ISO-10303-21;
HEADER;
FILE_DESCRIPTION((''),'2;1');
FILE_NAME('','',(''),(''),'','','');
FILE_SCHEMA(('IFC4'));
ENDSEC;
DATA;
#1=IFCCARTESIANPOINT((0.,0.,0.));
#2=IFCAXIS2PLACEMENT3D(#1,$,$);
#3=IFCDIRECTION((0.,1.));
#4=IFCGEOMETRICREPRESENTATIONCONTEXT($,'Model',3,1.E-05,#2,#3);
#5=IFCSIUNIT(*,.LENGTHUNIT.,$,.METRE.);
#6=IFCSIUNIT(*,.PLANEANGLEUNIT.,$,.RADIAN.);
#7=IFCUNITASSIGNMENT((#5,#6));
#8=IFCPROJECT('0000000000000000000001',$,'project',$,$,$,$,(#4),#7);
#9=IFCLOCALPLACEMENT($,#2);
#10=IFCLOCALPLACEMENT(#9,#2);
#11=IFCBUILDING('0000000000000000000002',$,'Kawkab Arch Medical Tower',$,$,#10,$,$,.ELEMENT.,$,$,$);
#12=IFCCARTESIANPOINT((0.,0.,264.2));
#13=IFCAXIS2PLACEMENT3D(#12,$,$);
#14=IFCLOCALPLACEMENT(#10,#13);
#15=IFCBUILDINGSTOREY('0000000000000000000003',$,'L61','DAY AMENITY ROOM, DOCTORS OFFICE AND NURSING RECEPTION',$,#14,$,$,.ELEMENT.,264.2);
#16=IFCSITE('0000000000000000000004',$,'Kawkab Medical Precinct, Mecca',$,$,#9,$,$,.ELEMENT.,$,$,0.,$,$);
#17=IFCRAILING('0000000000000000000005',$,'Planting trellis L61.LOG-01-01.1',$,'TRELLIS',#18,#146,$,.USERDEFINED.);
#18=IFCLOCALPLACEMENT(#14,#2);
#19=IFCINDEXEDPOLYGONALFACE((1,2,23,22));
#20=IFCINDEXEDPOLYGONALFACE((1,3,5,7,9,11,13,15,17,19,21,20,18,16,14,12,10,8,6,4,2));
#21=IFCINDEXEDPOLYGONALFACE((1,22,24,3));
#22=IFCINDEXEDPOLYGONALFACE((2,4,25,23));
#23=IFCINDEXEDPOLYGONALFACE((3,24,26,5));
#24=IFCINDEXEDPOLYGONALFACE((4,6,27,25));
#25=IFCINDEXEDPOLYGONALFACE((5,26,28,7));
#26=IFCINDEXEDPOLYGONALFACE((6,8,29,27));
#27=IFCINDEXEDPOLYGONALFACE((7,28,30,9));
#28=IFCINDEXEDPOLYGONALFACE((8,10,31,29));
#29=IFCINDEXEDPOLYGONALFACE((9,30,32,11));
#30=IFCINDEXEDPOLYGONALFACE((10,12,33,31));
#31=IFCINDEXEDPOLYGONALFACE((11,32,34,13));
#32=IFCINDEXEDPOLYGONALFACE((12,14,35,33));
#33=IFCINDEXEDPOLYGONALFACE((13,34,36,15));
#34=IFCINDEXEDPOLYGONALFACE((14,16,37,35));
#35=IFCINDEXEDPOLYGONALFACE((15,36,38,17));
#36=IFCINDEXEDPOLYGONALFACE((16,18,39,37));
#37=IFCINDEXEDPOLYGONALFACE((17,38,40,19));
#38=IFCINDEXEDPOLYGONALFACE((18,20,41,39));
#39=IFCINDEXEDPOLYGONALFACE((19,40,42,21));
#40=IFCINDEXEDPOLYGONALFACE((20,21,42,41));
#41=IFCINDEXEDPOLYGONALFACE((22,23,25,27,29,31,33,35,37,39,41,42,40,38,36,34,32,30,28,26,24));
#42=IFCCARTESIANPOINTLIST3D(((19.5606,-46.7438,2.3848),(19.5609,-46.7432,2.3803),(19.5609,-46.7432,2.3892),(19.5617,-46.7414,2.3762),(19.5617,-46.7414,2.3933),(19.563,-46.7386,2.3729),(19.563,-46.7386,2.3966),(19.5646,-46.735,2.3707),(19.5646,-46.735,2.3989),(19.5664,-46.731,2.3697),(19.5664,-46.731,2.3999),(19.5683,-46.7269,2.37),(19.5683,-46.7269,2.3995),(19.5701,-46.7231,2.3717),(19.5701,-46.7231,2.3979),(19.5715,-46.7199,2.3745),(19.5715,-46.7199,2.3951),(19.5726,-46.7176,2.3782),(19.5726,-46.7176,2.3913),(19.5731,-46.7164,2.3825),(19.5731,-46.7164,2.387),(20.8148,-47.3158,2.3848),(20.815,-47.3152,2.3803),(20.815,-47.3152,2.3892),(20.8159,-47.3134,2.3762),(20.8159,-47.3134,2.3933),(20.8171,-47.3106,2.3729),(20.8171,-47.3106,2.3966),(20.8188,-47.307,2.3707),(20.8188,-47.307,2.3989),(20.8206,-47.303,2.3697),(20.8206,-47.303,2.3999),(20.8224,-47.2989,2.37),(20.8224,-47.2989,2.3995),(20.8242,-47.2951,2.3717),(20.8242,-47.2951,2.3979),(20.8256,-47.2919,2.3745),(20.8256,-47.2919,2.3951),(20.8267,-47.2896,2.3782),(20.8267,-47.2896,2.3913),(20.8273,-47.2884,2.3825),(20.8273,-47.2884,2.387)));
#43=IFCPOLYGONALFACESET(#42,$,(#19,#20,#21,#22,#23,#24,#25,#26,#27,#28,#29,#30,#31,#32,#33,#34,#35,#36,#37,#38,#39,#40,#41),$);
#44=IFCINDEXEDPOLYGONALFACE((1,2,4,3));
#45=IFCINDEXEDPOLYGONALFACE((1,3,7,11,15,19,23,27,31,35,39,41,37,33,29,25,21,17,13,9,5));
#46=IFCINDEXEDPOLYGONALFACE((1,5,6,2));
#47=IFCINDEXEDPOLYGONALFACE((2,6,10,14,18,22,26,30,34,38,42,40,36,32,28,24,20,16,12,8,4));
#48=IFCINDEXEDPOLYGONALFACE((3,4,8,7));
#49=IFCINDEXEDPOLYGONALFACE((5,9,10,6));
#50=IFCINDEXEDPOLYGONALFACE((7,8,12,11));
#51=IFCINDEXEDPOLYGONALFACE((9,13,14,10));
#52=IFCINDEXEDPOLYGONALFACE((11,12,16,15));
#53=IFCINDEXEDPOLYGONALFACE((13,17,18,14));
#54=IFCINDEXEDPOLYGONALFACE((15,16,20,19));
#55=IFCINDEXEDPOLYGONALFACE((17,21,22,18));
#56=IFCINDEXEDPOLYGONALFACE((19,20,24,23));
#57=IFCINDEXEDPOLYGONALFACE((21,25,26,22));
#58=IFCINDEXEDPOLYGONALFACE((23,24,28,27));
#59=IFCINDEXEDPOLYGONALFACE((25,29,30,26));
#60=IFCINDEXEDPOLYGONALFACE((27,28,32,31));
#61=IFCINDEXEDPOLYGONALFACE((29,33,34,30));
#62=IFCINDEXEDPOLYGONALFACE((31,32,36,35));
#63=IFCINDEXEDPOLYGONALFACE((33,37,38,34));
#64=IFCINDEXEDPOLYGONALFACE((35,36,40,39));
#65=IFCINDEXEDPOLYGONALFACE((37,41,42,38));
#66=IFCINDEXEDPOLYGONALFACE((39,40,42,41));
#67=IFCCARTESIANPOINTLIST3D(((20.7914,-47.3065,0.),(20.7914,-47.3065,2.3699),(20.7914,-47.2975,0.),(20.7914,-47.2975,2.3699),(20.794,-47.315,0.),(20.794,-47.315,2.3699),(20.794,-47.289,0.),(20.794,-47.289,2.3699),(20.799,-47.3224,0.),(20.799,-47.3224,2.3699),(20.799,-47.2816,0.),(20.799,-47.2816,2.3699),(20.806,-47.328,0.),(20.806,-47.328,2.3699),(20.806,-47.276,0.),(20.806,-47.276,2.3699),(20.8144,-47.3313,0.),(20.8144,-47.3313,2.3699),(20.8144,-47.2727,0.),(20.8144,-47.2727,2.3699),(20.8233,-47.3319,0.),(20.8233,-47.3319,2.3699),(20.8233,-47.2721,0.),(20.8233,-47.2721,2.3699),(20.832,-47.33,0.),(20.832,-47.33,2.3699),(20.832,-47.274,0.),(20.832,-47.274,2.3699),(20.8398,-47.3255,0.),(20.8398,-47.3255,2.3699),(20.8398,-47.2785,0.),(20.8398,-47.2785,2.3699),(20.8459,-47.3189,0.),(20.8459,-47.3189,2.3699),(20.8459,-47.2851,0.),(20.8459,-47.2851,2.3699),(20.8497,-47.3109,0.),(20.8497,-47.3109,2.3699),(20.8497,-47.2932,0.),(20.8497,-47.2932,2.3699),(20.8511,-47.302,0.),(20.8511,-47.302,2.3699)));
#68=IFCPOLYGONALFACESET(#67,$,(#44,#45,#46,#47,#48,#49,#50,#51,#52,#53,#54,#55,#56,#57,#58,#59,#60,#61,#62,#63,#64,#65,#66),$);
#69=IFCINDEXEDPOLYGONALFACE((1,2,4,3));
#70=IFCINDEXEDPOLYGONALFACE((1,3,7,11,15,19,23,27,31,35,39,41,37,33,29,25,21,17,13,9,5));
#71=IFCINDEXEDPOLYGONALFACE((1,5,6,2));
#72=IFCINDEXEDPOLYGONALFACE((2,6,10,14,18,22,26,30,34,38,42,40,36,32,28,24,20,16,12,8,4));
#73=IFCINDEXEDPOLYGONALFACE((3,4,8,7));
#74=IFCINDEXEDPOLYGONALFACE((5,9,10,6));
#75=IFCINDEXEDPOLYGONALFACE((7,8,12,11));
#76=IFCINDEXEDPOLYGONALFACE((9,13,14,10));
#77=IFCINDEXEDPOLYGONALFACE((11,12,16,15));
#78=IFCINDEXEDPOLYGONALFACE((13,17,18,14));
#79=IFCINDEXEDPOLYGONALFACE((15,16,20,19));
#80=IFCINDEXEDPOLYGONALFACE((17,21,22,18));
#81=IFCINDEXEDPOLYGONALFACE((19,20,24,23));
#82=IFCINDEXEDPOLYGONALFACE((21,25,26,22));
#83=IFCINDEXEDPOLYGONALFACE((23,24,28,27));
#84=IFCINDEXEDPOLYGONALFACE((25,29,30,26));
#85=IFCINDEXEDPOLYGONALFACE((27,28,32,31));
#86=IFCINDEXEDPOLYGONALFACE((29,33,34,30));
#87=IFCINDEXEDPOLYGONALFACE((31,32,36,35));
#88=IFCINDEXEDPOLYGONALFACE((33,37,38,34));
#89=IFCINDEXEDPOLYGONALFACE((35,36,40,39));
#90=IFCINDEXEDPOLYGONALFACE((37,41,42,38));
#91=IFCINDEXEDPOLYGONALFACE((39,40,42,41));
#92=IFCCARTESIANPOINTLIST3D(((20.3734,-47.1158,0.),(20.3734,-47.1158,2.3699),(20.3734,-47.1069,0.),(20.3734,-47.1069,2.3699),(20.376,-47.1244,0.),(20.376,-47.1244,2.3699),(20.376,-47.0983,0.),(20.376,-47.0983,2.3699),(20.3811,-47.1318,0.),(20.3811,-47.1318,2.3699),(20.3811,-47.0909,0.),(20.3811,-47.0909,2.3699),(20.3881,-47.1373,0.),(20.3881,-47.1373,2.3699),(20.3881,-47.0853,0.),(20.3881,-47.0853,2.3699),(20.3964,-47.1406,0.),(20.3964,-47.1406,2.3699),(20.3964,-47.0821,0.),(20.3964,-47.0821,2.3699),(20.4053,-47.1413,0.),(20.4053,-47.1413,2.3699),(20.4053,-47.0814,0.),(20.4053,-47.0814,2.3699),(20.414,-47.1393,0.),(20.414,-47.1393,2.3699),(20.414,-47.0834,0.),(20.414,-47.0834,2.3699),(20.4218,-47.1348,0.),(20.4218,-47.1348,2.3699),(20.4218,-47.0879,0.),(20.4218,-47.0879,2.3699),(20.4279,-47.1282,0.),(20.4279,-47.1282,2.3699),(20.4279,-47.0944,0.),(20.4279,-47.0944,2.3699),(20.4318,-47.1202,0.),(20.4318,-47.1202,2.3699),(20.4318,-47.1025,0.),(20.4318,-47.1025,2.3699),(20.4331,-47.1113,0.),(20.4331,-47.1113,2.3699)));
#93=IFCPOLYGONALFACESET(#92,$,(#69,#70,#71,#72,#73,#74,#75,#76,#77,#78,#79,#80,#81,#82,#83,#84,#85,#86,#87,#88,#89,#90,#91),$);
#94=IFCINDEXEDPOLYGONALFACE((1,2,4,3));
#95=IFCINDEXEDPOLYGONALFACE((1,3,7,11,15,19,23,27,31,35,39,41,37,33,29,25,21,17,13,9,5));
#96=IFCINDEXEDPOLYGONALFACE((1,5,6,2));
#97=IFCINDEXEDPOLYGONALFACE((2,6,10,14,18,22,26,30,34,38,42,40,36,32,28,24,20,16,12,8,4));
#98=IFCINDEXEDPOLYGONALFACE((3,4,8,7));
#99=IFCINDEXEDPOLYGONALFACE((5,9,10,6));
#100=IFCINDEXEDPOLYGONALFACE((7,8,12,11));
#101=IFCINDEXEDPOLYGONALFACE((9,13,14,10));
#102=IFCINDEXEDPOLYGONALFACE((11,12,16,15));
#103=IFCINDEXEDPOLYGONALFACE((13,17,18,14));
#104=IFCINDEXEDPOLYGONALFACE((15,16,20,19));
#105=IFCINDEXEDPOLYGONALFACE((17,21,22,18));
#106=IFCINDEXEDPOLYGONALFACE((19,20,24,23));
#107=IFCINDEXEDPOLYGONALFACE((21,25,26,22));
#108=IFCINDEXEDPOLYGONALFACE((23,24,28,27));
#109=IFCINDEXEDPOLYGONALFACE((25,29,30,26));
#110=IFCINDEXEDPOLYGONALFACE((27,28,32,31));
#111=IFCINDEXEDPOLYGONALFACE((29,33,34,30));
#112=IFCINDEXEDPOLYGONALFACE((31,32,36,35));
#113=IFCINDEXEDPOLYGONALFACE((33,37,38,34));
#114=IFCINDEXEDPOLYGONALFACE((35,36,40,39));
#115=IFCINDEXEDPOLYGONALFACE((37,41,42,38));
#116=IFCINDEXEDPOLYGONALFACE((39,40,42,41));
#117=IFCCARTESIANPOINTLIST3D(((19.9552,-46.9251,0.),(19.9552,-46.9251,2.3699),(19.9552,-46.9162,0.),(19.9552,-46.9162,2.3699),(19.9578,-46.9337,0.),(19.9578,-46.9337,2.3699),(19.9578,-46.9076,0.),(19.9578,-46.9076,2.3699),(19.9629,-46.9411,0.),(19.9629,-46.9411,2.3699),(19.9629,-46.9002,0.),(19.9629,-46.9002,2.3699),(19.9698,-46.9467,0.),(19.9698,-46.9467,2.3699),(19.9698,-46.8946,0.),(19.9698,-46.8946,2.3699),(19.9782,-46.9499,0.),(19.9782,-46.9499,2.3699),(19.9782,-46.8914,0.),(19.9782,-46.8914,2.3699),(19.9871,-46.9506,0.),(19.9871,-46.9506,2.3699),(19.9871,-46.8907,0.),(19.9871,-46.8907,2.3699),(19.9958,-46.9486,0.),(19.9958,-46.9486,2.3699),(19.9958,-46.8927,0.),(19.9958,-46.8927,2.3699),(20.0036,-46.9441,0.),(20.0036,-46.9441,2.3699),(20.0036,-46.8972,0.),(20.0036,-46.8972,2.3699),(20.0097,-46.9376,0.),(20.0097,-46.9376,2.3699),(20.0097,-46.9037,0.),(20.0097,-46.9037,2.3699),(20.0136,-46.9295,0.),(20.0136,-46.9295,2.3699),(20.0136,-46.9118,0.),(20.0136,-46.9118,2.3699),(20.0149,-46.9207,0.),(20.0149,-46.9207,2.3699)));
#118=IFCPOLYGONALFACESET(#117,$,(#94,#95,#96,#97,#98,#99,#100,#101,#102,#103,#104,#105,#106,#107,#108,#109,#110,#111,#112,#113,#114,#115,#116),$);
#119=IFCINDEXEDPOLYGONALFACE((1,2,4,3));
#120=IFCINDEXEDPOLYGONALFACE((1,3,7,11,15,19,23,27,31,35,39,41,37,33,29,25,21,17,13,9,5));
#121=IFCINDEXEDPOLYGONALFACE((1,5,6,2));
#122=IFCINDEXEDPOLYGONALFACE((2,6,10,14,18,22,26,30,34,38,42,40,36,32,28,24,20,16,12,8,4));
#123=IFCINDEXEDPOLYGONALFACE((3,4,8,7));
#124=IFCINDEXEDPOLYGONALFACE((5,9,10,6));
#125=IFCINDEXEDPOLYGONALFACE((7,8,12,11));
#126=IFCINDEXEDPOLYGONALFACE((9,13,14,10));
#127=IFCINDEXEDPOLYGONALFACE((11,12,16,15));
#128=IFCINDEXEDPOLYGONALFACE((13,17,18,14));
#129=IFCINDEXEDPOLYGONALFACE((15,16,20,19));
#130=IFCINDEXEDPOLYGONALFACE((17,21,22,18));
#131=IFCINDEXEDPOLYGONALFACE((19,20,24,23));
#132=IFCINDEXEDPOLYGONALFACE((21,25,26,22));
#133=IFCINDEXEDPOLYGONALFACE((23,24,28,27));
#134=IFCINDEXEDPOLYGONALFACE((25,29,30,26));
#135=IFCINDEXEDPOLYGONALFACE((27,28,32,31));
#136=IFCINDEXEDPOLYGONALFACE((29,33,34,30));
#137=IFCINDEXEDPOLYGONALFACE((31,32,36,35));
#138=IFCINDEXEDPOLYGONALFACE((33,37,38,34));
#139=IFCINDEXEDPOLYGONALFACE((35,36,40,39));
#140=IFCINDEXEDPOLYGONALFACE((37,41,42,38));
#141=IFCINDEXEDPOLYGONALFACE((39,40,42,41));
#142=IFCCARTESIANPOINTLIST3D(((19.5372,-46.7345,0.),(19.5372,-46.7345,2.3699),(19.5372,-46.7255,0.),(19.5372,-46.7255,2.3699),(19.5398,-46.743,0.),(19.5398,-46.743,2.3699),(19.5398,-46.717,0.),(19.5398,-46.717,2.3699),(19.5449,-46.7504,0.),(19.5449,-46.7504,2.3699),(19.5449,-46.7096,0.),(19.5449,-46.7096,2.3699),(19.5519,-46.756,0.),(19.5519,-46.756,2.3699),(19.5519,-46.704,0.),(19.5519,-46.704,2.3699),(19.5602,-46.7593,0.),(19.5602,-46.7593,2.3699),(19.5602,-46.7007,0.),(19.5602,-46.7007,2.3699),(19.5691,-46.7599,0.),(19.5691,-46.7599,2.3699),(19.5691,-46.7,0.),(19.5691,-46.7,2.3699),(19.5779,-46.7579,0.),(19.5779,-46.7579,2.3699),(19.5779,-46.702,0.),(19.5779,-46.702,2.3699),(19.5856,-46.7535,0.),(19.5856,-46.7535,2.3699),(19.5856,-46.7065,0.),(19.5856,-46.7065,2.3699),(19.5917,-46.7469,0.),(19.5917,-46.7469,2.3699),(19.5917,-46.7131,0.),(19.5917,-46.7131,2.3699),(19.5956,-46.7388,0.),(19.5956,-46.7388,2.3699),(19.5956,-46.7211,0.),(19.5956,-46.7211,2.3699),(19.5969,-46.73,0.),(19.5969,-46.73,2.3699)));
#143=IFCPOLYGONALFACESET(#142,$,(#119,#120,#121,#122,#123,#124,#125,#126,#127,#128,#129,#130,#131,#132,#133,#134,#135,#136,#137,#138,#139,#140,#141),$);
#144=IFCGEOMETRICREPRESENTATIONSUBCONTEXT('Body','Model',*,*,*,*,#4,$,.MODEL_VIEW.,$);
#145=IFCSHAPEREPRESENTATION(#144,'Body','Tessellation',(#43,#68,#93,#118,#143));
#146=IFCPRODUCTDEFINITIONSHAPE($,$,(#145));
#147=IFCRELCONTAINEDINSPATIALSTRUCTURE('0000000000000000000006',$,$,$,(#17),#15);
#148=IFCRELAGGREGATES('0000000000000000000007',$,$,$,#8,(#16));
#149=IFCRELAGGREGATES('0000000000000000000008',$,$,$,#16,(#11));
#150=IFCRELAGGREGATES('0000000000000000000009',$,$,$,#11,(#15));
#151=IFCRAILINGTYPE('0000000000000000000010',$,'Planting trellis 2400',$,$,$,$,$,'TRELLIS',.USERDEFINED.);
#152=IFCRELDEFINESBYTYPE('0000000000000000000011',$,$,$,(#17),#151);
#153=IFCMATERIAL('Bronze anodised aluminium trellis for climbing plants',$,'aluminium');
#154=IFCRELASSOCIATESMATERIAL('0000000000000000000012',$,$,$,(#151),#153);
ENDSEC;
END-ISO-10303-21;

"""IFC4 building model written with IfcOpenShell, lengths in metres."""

from ifc_helpers import new_model, si_unit, direction, frame, origin, origin_2d, place, context, subcontext, project, spatial, circle, extrude, material, type_object, element, save


model = new_model("IFC4")

# Units and contexts
model_context = context("Model", 3, precision=1e-05, world=origin(), true_north=direction((0.0, 1.0)))
body_context = subcontext(model_context, "Body", "Model", "MODEL_VIEW")
ifc_project = project(units=[si_unit("LENGTHUNIT", "METRE"), si_unit("PLANEANGLEUNIT", "RADIAN")], contexts=[model_context])

# Site, building, storey
site_placement = place(None, origin())
site = spatial("IfcSite", under=ifc_project, at=site_placement, Name="Kawkab Medical Precinct, Mecca", CompositionType="ELEMENT", RefElevation=0.0)
building_placement = place(site_placement, origin())
building = spatial("IfcBuilding", under=site, at=building_placement, Name="Kawkab Arch Medical Tower", CompositionType="ELEMENT")
storey_placement = place(building_placement, frame((0.0, 0.0, 264.2)))
storey = spatial("IfcBuildingStorey", under=building, at=storey_placement, Name="L61", Description="DAY AMENITY ROOM, DOCTORS OFFICE AND NURSING RECEPTION", CompositionType="ELEMENT", Elevation=264.2)

# Railing
ifc_material_1 = material(Name="Bronze anodised aluminium trellis for climbing plants", Category="aluminium")
railing_type_1 = type_object("IfcRailingType", Name="Planting trellis 2400", ElementType="TRELLIS", PredefinedType="USERDEFINED", material=ifc_material_1)
railing_1_placement = place(storey_placement, frame((20.821, -47.302, 0.0)))
element("IfcRailing", 1, at=railing_1_placement, inside=storey, type_object=railing_type_1, Name="Planting trellis L61.LOG-01-01.1", ObjectType="TRELLIS", PredefinedType="USERDEFINED", context=body_context, shape_type="SweptSolid", body=[
    extrude(circle(Radius=0.0151, at=origin_2d()), frame((0.0, 0.0, 2.3848), z_axis=(-0.909832, 0.414977, 0.0), x_axis=(-0.414977, -0.909832, 0.0)), (0.0, 0.0, 1.0), 1.3784),
    extrude(circle(Radius=0.03, at=origin_2d()), origin(), (0.0, 0.0, 1.0), 2.3699),
    extrude(circle(Radius=0.03, at=origin_2d()), frame((-0.418, 0.1907, 0.0)), (0.0, 0.0, 1.0), 2.3699),
    extrude(circle(Radius=0.03, at=origin_2d()), frame((-0.8362, 0.3813, 0.0)), (0.0, 0.0, 1.0), 2.3699),
    extrude(circle(Radius=0.03, at=origin_2d()), frame((-1.2542, 0.572, 0.0)), (0.0, 0.0, 1.0), 2.3699),
])

save(model, "model.ifc")
